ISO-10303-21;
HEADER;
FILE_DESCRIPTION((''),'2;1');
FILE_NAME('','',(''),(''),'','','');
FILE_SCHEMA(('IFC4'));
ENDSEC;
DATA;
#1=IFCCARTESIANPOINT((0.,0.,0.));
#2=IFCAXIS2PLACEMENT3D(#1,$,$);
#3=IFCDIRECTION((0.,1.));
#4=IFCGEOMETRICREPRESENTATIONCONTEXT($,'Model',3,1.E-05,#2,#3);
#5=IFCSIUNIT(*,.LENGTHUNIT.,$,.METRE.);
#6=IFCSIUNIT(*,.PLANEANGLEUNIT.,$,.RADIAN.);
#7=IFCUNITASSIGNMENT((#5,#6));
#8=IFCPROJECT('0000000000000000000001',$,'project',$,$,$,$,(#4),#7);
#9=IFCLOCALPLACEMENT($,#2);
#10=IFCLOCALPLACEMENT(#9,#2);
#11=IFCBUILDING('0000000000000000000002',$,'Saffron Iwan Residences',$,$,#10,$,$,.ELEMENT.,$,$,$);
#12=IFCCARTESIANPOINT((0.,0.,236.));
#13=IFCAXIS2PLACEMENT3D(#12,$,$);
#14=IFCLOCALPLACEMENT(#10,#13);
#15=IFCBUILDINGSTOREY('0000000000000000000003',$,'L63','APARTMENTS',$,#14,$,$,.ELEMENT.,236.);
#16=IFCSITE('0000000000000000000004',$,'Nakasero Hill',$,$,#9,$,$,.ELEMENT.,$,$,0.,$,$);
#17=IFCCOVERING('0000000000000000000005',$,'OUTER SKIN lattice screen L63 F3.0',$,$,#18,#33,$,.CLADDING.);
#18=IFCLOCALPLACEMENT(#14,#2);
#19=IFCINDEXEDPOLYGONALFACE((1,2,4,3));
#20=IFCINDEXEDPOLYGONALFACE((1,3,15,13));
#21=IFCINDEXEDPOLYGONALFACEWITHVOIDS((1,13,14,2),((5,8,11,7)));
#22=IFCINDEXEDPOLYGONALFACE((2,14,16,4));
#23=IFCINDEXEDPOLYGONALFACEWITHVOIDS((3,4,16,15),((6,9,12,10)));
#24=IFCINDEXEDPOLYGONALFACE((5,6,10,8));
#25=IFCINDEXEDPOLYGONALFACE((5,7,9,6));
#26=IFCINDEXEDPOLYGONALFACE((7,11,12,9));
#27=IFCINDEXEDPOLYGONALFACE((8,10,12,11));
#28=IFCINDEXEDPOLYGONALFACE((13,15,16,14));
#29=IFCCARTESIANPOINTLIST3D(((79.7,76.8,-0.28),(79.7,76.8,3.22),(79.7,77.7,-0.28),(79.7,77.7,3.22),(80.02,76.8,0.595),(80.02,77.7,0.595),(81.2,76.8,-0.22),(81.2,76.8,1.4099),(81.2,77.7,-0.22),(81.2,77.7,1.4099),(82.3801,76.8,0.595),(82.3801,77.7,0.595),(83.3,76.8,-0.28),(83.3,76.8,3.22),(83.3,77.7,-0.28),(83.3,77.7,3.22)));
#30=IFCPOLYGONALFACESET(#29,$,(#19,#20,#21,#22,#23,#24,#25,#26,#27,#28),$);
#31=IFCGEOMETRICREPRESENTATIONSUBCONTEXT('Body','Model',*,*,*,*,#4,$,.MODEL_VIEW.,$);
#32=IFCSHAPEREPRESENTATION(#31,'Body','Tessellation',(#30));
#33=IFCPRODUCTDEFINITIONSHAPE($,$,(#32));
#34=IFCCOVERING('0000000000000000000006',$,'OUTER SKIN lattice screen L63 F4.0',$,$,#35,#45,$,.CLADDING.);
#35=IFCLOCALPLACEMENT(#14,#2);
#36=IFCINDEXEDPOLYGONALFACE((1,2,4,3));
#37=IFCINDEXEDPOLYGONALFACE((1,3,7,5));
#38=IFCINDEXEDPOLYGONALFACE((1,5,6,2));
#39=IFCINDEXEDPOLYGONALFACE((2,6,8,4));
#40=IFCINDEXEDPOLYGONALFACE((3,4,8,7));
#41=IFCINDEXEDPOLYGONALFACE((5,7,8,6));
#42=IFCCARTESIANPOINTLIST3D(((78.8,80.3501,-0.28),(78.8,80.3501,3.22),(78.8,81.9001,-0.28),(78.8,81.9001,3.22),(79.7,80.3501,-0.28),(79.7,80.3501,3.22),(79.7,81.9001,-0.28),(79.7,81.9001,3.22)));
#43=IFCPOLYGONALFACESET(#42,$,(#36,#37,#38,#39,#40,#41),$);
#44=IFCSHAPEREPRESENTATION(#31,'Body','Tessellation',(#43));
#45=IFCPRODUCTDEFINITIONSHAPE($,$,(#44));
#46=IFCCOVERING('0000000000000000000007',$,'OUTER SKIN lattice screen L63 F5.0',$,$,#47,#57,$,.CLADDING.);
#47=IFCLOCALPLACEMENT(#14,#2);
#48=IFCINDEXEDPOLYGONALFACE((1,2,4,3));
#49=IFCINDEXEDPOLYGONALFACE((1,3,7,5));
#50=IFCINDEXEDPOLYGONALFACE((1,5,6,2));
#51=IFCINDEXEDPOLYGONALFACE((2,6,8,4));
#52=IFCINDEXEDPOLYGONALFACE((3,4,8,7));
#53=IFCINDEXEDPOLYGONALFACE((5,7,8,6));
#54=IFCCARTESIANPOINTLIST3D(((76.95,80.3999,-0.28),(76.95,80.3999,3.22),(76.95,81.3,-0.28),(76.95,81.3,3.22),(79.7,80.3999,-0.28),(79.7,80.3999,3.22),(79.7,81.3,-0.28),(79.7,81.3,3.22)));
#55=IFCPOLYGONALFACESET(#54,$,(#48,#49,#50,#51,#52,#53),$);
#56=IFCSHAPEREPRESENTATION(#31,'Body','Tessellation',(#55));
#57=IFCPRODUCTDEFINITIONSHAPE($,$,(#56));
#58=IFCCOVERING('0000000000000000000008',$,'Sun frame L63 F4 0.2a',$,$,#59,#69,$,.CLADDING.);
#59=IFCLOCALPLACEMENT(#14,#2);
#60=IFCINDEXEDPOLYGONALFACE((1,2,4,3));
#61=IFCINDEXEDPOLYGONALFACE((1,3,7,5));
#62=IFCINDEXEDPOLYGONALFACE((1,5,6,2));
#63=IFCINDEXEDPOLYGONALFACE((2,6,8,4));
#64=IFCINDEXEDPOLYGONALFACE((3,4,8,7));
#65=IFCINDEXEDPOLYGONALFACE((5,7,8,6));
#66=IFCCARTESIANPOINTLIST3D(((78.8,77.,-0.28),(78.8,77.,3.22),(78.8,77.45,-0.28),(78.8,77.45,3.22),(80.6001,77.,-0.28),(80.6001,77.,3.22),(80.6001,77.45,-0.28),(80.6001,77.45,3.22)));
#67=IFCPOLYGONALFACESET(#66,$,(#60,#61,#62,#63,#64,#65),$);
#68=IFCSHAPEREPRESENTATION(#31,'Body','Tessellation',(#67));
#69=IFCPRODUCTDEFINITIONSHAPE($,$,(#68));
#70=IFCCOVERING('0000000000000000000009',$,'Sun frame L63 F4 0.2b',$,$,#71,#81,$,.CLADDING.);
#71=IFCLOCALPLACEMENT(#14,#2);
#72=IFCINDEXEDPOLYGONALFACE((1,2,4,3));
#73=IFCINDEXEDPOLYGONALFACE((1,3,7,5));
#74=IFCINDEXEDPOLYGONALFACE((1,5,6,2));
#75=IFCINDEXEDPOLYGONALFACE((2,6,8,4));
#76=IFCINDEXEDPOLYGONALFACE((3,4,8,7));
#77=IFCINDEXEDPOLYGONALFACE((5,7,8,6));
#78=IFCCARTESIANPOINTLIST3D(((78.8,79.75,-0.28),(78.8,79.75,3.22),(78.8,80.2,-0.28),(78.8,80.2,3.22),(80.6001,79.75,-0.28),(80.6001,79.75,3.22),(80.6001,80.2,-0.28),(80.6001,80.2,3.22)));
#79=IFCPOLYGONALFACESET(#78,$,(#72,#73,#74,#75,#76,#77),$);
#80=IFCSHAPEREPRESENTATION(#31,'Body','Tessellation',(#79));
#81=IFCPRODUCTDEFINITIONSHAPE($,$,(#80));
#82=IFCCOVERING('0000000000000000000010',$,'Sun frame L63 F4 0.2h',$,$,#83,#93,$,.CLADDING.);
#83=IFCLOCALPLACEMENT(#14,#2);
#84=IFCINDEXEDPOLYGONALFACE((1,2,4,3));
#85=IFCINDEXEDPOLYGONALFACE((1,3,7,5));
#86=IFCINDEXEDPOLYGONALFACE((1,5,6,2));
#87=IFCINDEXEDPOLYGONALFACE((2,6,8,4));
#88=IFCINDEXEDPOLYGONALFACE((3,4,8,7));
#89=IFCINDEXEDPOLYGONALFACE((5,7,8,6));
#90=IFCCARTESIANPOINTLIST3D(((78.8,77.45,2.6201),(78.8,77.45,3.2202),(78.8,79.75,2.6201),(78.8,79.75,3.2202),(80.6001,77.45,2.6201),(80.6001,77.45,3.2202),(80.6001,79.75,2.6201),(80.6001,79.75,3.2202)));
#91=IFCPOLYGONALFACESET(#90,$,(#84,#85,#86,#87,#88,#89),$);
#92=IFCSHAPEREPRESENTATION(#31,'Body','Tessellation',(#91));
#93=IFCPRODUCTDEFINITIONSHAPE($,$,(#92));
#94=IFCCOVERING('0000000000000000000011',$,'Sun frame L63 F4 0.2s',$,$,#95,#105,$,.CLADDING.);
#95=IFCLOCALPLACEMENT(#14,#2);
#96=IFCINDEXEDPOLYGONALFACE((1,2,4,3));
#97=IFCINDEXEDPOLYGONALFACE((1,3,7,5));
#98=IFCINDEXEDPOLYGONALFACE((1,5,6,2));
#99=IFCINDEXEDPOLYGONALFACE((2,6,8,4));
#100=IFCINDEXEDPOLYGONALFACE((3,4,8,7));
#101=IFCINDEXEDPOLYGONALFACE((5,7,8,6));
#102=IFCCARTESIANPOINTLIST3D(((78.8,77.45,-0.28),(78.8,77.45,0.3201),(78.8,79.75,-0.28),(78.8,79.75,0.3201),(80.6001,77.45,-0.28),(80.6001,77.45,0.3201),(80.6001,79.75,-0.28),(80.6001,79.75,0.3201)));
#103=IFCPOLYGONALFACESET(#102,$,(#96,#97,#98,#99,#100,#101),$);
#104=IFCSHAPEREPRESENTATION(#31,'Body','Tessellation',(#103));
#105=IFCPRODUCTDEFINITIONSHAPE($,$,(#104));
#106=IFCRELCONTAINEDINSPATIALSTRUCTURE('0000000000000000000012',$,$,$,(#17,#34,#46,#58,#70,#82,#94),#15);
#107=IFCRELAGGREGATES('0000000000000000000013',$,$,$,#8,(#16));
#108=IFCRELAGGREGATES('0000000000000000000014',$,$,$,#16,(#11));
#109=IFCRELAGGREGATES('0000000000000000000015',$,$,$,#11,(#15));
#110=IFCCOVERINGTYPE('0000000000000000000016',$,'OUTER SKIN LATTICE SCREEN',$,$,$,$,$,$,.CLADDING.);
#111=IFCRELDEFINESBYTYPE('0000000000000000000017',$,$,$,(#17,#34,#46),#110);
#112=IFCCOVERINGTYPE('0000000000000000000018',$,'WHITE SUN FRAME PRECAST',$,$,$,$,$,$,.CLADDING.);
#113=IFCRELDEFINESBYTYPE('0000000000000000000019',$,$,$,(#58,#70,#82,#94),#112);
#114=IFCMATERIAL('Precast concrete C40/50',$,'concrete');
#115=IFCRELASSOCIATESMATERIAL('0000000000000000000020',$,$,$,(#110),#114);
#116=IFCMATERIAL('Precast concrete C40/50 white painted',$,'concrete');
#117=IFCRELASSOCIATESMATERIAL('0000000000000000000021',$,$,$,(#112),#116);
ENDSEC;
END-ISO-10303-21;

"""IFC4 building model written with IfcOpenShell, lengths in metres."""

from ifc_helpers import new_model, si_unit, direction, frame, origin, place, context, subcontext, project, spatial, polyline, outline, extrude, material, type_object, element, save


model = new_model("IFC4")

# Units and contexts
model_context = context("Model", 3, precision=1e-05, world=origin(), true_north=direction((0.0, 1.0)))
body_context = subcontext(model_context, "Body", "Model", "MODEL_VIEW")
ifc_project = project(units=[si_unit("LENGTHUNIT", "METRE"), si_unit("PLANEANGLEUNIT", "RADIAN")], contexts=[model_context])

# Site, building, storey
site_placement = place(None, origin())
site = spatial("IfcSite", under=ifc_project, at=site_placement, Name="Nakasero Hill", CompositionType="ELEMENT", RefElevation=0.0)
building_placement = place(site_placement, origin())
building = spatial("IfcBuilding", under=site, at=building_placement, Name="Saffron Iwan Residences", CompositionType="ELEMENT")
storey_placement = place(building_placement, frame((0.0, 0.0, 236.0)))
storey = spatial("IfcBuildingStorey", under=building, at=storey_placement, Name="L63", Description="APARTMENTS", CompositionType="ELEMENT", Elevation=236.0)

# Coverings
ifc_material_1 = material(Name="Precast concrete C40/50", Category="concrete")
covering_type_1 = type_object("IfcCoveringType", Name="OUTER SKIN LATTICE SCREEN", PredefinedType="CLADDING", material=ifc_material_1)
covering_1_placement = place(storey_placement, frame((83.3, 76.8, -0.28), z_axis=(0.0, 1.0, 0.0), x_axis=(-1.0, 0.0, 0.0)))
element("IfcCovering", 1, at=covering_1_placement, inside=storey, type_object=covering_type_1, Name="OUTER SKIN lattice screen L63 F3.0", PredefinedType="CLADDING", context=body_context, shape_type="SweptSolid", body=[
    extrude(outline(polyline([(0.0, 0.0), (3.6001, 0.0), (3.6001, 3.5), (0.0, 3.5), (0.0, 0.0)]), holes=[polyline([(0.9199, 0.875), (2.1001, 0.0601), (3.28, 0.875), (2.1001, 1.6899), (0.9199, 0.875)])]), origin(), (0.0, 0.0, 1.0), 0.8999),
])
covering_2_placement = place(storey_placement, frame((78.8, 80.3501, -0.28), z_axis=(1.0, 0.0, 0.0), x_axis=(0.0, 1.0, 0.0)))
element("IfcCovering", 2, at=covering_2_placement, inside=storey, type_object=covering_type_1, Name="OUTER SKIN lattice screen L63 F4.0", PredefinedType="CLADDING", context=body_context, shape_type="SweptSolid", body=[
    extrude(outline(polyline([(0.0, 0.0), (1.55, 0.0), (1.55, 3.5), (0.0, 3.5), (0.0, 0.0)])), origin(), (0.0, 0.0, 1.0), 0.8999),
])
covering_3_placement = place(storey_placement, frame((79.7, 80.3999, -0.28), z_axis=(0.0, 1.0, 0.0), x_axis=(-1.0, 0.0, 0.0)))
element("IfcCovering", 3, at=covering_3_placement, inside=storey, type_object=covering_type_1, Name="OUTER SKIN lattice screen L63 F5.0", PredefinedType="CLADDING", context=body_context, shape_type="SweptSolid", body=[
    extrude(outline(polyline([(0.0, 0.0), (2.75, 0.0), (2.75, 3.5), (0.0, 3.5), (0.0, 0.0)])), origin(), (0.0, 0.0, 1.0), 0.9001),
])
ifc_material_2 = material(Name="Precast concrete C40/50 white painted", Category="concrete")
covering_type_2 = type_object("IfcCoveringType", Name="WHITE SUN FRAME PRECAST", PredefinedType="CLADDING", material=ifc_material_2)
for number, where, z_axis, x_axis, name in (
    (4, (78.8, 77.0, -0.28), (1.0, 0.0, 0.0), (0.0, 1.0, 0.0), "Sun frame L63 F4 0.2a"),
    (5, (78.8, 79.75, -0.28), (1.0, 0.0, 0.0), (0.0, 1.0, 0.0), "Sun frame L63 F4 0.2b"),
):
    element("IfcCovering", number, at=place(storey_placement, frame(where, z_axis=z_axis, x_axis=x_axis)), inside=storey, type_object=covering_type_2, Name=name, PredefinedType="CLADDING", context=body_context, shape_type="SweptSolid", body=[
        extrude(outline(polyline([(0.0, 0.0), (0.45, 0.0), (0.45, 3.5), (0.0, 3.5), (0.0, 0.0)])), origin(), (0.0, 0.0, 1.0), 1.8),
    ])
for number, where, z_axis, x_axis, name in (
    (6, (78.8, 77.45, 2.6201), (1.0, 0.0, 0.0), (0.0, 1.0, 0.0), "Sun frame L63 F4 0.2h"),
    (7, (78.8, 77.45, -0.28), (1.0, 0.0, 0.0), (0.0, 1.0, 0.0), "Sun frame L63 F4 0.2s"),
):
    element("IfcCovering", number, at=place(storey_placement, frame(where, z_axis=z_axis, x_axis=x_axis)), inside=storey, type_object=covering_type_2, Name=name, PredefinedType="CLADDING", context=body_context, shape_type="SweptSolid", body=[
        extrude(outline(polyline([(0.0, 0.0), (2.3, 0.0), (2.3, 0.6001), (0.0, 0.6001), (0.0, 0.0)])), origin(), (0.0, 0.0, 1.0), 1.8),
    ])

save(model, "model.ifc")
